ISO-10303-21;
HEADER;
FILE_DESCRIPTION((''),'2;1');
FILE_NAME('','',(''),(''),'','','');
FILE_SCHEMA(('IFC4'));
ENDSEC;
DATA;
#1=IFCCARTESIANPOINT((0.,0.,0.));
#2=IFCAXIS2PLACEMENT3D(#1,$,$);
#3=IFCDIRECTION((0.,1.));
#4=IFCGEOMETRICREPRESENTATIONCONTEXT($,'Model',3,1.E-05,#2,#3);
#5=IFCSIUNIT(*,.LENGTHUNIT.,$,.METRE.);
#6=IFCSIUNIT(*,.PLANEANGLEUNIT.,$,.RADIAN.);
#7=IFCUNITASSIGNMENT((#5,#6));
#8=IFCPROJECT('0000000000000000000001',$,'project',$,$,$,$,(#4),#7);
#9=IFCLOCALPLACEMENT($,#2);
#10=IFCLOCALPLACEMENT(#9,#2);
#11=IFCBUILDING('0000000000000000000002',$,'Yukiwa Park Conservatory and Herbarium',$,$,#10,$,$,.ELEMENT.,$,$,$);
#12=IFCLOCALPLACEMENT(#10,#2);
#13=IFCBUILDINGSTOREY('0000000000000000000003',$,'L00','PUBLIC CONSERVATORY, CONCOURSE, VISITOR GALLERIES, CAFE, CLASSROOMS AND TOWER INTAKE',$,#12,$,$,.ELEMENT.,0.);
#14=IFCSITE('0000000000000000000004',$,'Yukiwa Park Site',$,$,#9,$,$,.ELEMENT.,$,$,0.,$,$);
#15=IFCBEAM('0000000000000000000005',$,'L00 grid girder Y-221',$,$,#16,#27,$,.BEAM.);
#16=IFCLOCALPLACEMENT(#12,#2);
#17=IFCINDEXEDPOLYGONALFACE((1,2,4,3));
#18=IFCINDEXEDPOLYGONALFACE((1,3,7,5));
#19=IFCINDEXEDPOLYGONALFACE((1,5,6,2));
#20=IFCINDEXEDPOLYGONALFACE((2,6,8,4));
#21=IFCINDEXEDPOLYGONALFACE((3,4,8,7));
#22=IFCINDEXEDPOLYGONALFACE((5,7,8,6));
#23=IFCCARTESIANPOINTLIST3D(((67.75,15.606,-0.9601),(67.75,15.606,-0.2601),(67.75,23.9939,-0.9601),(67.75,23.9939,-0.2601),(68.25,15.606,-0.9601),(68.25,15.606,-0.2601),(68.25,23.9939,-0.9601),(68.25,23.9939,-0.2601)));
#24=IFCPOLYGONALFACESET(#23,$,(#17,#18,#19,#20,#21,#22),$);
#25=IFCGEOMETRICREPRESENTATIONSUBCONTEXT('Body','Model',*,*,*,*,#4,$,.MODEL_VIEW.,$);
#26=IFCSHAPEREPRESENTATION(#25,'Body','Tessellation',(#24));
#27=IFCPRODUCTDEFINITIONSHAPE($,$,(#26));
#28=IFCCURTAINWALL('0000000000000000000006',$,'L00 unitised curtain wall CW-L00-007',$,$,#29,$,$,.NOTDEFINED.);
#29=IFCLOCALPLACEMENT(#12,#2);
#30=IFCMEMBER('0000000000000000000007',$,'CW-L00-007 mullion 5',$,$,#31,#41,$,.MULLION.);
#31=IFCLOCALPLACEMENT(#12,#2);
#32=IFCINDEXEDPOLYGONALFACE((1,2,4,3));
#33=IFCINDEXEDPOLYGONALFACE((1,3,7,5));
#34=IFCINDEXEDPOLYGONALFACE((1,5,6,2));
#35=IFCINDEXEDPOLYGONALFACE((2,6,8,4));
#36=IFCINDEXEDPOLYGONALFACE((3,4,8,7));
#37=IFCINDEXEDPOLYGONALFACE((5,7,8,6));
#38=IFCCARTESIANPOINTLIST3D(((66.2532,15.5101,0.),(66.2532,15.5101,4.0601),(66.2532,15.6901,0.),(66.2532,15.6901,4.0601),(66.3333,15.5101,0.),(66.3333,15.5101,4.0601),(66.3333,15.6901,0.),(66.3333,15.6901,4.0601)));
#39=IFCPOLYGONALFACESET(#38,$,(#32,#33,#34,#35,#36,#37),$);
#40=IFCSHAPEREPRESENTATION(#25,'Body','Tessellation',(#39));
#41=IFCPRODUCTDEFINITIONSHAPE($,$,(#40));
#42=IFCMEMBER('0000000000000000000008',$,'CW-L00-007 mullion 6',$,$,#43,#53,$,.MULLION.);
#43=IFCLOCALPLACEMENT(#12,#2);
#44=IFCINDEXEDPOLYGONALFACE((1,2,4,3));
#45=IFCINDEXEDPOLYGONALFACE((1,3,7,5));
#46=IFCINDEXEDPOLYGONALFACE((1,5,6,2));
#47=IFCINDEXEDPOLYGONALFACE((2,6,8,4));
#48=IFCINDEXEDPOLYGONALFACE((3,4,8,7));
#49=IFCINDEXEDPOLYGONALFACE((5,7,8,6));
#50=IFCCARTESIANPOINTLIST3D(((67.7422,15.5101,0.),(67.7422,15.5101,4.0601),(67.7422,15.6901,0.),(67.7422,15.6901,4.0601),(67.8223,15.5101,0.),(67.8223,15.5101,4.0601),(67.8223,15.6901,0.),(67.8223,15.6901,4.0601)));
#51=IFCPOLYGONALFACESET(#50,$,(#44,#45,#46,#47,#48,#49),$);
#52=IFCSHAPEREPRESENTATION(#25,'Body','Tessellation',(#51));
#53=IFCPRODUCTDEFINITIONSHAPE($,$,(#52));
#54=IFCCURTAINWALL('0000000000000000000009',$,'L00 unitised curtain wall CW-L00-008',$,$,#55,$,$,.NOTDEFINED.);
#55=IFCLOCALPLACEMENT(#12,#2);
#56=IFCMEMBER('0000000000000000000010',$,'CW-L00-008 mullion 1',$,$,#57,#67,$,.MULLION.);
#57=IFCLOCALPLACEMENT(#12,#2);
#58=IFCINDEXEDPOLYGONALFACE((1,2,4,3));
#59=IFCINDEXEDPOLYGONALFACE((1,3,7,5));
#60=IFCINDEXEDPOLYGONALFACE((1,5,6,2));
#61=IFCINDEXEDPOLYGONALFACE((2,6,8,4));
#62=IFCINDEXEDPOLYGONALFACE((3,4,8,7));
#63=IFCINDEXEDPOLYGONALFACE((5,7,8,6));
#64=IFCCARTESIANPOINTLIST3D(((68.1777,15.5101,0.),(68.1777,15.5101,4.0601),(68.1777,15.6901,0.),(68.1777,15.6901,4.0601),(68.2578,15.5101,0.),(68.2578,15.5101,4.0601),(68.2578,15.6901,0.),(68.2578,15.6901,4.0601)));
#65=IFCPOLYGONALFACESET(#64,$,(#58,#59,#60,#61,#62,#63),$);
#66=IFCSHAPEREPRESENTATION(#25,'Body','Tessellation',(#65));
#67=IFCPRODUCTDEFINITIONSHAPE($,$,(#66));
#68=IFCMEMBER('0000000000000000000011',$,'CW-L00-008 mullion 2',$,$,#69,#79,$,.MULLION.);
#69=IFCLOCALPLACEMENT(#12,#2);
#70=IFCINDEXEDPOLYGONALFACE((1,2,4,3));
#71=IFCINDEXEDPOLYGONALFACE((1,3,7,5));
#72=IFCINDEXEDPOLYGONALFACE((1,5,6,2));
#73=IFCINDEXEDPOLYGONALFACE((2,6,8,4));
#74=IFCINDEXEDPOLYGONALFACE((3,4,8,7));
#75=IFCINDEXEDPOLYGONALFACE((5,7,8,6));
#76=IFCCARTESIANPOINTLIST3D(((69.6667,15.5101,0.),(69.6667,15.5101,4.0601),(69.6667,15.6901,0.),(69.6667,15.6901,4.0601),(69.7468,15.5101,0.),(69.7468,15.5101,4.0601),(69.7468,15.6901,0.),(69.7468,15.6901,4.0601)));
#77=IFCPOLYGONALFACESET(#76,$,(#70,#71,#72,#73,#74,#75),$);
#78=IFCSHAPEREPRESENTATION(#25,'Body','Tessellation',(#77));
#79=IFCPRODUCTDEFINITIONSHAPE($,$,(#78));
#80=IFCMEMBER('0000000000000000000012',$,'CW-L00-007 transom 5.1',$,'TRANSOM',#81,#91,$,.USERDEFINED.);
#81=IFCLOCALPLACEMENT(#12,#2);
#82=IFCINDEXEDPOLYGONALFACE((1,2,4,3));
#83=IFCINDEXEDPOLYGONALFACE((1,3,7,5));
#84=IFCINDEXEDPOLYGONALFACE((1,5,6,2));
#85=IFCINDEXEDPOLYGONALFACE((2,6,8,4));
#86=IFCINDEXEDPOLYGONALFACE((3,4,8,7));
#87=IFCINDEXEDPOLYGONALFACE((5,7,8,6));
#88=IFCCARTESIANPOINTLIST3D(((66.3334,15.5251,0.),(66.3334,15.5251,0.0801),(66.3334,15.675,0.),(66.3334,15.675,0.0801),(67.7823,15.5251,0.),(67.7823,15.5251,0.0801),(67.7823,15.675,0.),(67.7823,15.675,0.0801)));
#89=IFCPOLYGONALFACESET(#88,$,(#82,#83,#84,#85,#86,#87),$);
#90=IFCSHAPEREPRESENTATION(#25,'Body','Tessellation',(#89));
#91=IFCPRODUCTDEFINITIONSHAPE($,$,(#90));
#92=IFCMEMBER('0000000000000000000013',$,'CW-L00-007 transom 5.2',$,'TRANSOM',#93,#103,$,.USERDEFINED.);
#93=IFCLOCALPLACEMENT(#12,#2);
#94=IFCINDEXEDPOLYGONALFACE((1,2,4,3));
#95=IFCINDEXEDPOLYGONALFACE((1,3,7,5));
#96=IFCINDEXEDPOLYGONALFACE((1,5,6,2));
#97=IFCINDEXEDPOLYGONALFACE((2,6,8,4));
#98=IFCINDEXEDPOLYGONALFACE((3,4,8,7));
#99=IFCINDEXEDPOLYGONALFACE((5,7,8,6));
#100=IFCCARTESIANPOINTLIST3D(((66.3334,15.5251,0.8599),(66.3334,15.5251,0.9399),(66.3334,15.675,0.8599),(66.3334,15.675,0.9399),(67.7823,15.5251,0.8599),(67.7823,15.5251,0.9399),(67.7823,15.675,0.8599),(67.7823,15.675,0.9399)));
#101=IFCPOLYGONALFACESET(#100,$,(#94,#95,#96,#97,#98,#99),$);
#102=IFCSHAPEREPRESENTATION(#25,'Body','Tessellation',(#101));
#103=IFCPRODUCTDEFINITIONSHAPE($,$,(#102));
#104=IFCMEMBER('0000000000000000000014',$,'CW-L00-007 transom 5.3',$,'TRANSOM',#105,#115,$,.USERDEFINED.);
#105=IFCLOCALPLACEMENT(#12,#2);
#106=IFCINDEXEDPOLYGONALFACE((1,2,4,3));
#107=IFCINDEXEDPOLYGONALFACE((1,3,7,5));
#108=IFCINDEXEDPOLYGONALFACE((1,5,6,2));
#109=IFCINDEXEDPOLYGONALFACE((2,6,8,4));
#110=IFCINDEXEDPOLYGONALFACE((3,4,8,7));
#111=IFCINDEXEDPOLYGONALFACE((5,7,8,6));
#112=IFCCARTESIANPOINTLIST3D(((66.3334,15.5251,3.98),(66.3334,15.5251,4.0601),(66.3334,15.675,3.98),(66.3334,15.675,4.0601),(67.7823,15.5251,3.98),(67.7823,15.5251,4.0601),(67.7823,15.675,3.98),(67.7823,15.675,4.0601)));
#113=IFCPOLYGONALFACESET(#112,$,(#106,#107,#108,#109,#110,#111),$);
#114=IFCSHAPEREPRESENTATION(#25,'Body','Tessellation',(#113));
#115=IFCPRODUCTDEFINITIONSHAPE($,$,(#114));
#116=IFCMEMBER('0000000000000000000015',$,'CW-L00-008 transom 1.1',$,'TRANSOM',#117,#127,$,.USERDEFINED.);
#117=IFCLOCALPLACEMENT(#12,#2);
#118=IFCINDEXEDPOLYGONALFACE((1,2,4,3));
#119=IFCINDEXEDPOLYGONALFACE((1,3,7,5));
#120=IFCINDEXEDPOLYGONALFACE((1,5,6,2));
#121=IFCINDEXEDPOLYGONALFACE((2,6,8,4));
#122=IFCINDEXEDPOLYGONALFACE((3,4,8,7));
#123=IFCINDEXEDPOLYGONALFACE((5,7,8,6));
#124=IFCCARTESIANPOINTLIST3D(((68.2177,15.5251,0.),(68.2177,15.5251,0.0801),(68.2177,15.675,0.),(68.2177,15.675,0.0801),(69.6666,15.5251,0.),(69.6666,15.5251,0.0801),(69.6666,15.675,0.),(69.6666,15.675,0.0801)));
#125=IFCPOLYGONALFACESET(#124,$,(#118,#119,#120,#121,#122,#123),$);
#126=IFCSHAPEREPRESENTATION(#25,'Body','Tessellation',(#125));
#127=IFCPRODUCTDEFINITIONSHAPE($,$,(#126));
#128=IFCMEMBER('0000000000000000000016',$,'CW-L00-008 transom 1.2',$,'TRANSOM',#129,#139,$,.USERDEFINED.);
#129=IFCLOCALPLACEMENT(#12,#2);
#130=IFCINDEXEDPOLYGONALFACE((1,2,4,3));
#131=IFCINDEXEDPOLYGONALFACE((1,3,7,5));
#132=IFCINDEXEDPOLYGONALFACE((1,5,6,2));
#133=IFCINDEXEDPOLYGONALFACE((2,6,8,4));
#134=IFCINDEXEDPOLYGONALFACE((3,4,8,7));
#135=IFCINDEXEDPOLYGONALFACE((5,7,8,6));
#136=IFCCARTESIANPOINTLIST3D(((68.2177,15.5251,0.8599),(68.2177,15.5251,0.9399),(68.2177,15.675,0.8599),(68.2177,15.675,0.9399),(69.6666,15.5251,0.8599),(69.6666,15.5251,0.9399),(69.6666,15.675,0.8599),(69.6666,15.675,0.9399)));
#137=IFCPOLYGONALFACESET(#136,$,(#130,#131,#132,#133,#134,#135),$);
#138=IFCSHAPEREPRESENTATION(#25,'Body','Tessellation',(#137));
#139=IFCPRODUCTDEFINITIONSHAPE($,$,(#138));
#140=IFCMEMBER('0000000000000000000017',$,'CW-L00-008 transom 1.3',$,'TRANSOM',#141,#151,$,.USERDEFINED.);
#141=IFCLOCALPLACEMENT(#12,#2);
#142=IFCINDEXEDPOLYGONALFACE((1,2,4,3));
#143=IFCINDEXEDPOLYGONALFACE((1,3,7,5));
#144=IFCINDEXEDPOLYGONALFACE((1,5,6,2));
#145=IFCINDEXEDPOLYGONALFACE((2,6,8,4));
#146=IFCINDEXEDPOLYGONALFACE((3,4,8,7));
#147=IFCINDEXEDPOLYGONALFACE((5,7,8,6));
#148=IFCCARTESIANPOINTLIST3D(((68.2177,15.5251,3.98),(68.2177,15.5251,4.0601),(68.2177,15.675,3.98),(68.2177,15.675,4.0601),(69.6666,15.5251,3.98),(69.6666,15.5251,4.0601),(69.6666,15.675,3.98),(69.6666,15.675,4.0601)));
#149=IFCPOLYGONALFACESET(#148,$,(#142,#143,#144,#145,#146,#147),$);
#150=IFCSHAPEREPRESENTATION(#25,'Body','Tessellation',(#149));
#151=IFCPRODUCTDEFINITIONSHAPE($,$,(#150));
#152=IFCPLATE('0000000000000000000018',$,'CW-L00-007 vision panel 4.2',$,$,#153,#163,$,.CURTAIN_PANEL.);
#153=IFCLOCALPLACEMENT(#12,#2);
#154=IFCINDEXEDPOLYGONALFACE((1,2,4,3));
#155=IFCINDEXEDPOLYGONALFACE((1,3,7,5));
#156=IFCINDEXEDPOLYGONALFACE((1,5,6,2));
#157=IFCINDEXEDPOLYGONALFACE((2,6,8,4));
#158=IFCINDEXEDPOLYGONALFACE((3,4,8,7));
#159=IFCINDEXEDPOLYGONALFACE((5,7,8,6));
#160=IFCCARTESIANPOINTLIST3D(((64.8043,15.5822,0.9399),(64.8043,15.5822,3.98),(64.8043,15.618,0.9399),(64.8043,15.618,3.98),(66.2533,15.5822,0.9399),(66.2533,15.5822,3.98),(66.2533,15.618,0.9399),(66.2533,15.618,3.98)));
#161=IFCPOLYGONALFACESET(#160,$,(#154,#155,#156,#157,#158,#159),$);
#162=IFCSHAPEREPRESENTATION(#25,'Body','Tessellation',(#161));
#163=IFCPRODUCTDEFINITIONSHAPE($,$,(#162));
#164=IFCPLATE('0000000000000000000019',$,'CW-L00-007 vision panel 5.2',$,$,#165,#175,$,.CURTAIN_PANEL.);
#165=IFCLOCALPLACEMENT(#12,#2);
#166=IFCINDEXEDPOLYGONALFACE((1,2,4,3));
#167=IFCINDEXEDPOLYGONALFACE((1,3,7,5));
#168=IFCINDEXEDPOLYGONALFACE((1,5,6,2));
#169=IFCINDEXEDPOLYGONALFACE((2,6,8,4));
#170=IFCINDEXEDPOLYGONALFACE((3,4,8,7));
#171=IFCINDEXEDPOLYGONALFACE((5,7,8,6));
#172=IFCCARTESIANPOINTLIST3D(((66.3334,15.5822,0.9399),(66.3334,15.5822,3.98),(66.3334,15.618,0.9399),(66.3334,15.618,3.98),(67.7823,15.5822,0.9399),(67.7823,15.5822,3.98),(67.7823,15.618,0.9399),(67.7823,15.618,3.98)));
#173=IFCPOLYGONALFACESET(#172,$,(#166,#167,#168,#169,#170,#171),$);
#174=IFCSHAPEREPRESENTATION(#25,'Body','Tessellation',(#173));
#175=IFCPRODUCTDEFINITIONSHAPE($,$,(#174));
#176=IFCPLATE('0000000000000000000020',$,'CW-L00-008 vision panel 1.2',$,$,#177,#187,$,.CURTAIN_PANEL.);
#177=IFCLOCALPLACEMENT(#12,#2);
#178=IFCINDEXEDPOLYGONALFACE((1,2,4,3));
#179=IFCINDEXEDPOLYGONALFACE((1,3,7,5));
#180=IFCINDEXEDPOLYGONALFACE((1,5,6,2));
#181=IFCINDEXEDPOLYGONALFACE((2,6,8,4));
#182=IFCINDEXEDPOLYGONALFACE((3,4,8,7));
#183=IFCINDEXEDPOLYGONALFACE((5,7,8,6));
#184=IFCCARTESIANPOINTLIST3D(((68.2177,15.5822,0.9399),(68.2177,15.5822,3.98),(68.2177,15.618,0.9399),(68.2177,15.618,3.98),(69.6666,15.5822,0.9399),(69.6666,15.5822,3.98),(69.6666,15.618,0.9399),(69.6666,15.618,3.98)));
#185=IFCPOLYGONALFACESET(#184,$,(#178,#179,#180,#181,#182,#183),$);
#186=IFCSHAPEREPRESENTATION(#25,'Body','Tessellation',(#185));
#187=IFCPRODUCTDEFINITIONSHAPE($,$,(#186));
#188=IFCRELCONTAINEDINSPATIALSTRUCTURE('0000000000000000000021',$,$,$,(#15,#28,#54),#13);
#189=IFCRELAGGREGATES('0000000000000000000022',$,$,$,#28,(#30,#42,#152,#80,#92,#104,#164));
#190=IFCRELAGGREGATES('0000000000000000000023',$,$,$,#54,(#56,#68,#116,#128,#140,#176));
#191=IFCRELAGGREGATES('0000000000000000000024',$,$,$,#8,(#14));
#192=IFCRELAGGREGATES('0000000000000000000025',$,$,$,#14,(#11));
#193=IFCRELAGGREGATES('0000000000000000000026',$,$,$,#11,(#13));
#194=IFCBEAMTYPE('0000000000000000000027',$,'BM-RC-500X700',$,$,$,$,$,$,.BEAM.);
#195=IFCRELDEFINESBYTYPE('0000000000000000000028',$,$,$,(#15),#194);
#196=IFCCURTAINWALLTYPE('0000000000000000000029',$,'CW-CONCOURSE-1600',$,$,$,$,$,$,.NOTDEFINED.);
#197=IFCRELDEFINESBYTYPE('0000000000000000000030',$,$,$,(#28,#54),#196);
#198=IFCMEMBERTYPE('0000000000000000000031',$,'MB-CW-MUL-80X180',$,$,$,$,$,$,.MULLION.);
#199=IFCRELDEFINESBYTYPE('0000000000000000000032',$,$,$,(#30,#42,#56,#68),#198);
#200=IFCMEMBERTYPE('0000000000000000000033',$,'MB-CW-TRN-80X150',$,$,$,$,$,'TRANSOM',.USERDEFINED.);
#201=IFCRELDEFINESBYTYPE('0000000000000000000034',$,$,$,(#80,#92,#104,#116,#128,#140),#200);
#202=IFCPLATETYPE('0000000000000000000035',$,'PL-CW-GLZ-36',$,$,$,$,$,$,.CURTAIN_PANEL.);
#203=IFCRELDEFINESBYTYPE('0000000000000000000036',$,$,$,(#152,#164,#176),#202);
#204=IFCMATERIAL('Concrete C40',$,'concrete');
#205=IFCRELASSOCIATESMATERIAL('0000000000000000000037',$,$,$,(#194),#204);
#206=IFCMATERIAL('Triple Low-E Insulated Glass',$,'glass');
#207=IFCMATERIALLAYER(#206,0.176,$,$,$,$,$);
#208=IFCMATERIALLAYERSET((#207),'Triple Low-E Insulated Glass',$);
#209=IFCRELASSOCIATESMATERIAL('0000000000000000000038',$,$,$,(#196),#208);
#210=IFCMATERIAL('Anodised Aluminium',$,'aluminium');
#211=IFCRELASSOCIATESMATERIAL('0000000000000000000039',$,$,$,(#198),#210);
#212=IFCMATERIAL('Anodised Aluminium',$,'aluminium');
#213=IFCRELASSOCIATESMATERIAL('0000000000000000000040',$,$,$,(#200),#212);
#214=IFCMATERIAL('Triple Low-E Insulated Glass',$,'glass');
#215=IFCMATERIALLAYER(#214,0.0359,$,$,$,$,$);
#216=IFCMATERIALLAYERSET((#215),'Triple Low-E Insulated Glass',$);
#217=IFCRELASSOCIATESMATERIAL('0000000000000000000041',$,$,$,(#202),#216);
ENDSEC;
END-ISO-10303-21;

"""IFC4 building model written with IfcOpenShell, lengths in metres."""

from ifc_helpers import new_model, si_unit, direction, frame, origin, origin_2d, place, context, subcontext, project, spatial, rectangle, extrude, material, layer, layer_set, material_profile, profile_set, type_object, element, aggregate, save


model = new_model("IFC4")

# Units and contexts
model_context = context("Model", 3, precision=1e-05, world=origin(), true_north=direction((0.0, 1.0)))
body_context = subcontext(model_context, "Body", "Model", "MODEL_VIEW")
ifc_project = project(units=[si_unit("LENGTHUNIT", "METRE"), si_unit("PLANEANGLEUNIT", "RADIAN")], contexts=[model_context])

# Site, building, storey
site_placement = place(None, origin())
site = spatial("IfcSite", under=ifc_project, at=site_placement, Name="Yukiwa Park Site", CompositionType="ELEMENT", RefElevation=0.0)
building_placement = place(site_placement, origin())
building = spatial("IfcBuilding", under=site, at=building_placement, Name="Yukiwa Park Conservatory and Herbarium", CompositionType="ELEMENT")
storey_placement = place(building_placement, origin())
storey = spatial("IfcBuildingStorey", under=building, at=storey_placement, Name="L00", Description="PUBLIC CONSERVATORY, CONCOURSE, VISITOR GALLERIES, CAFE, CLASSROOMS AND TOWER INTAKE", CompositionType="ELEMENT", Elevation=0.0)

# Beam
ifc_material_1 = material(Name="Concrete C40", Category="concrete")
ifc_material_profile_1 = material_profile(ifc_material_1, rectangle(XDim=0.5, YDim=0.7, at=origin_2d()), Name="RC 500x700")
ifc_profile_set_1 = profile_set([ifc_material_profile_1], Name="Concrete C40")
beam_type_1 = type_object("IfcBeamType", Name="BM-RC-500X700", PredefinedType="BEAM", material=ifc_profile_set_1)
beam_1_placement = place(storey_placement, frame((68.0, 15.606, -0.6101), z_axis=(0.0, 1.0, 0.0), x_axis=(-1.0, 0.0, 0.0)))
element("IfcBeam", 1, at=beam_1_placement, inside=storey, type_object=beam_type_1, Name="L00 grid girder Y-221", PredefinedType="BEAM", context=body_context, shape_type="SweptSolid", body=[
    extrude(rectangle(XDim=0.5, YDim=0.7, at=origin_2d()), origin(), (0.0, 0.0, 1.0), 8.3879),
])

# Curtain walls, members
ifc_material_2 = material(Name="Triple Low-E Insulated Glass", Category="glass")
ifc_layer_1 = layer(ifc_material_2, 0.176)
ifc_layer_set_1 = layer_set([ifc_layer_1], Name="Triple Low-E Insulated Glass")
curtain_wall_type = type_object("IfcCurtainWallType", Name="CW-CONCOURSE-1600", PredefinedType="NOTDEFINED", material=ifc_layer_set_1)
curtain_wall_1_placement = place(storey_placement, origin())
curtain_wall_1 = element("IfcCurtainWall", 2, at=curtain_wall_1_placement, inside=storey, type_object=curtain_wall_type, Name="L00 unitised curtain wall CW-L00-007", PredefinedType="NOTDEFINED")
ifc_material_3 = material(Name="Anodised Aluminium", Category="aluminium")
member_type_1 = type_object("IfcMemberType", Name="MB-CW-MUL-80X180", PredefinedType="MULLION", material=ifc_material_3)
member_1_placement = place(storey_placement, frame((66.2932, 15.6001, 0.0), z_axis=(0.0, 0.0, 1.0), x_axis=(1.0, 0.0, 0.0)))
member_1 = element("IfcMember", 3, at=member_1_placement, type_object=member_type_1, Name="CW-L00-007 mullion 5", PredefinedType="MULLION", context=body_context, shape_type="SweptSolid", body=[
    extrude(rectangle(XDim=0.0801, YDim=0.1799, at=origin_2d()), origin(), (0.0, 0.0, 1.0), 4.0601),
])
member_2_placement = place(storey_placement, frame((67.7822, 15.6001, 0.0), z_axis=(0.0, 0.0, 1.0), x_axis=(1.0, 0.0, 0.0)))
member_2 = element("IfcMember", 4, at=member_2_placement, type_object=member_type_1, Name="CW-L00-007 mullion 6", PredefinedType="MULLION", context=body_context, shape_type="SweptSolid", body=[
    extrude(rectangle(XDim=0.0801, YDim=0.1799, at=origin_2d()), origin(), (0.0, 0.0, 1.0), 4.0601),
])
curtain_wall_2_placement = place(storey_placement, origin())
curtain_wall_2 = element("IfcCurtainWall", 5, at=curtain_wall_2_placement, inside=storey, type_object=curtain_wall_type, Name="L00 unitised curtain wall CW-L00-008", PredefinedType="NOTDEFINED")
member_3_placement = place(storey_placement, frame((68.2178, 15.6001, 0.0), z_axis=(0.0, 0.0, 1.0), x_axis=(1.0, 0.0, 0.0)))
member_3 = element("IfcMember", 6, at=member_3_placement, type_object=member_type_1, Name="CW-L00-008 mullion 1", PredefinedType="MULLION", context=body_context, shape_type="SweptSolid", body=[
    extrude(rectangle(XDim=0.0801, YDim=0.1799, at=origin_2d()), origin(), (0.0, 0.0, 1.0), 4.0601),
])
member_4_placement = place(storey_placement, frame((69.7068, 15.6001, 0.0), z_axis=(0.0, 0.0, 1.0), x_axis=(1.0, 0.0, 0.0)))
member_4 = element("IfcMember", 7, at=member_4_placement, type_object=member_type_1, Name="CW-L00-008 mullion 2", PredefinedType="MULLION", context=body_context, shape_type="SweptSolid", body=[
    extrude(rectangle(XDim=0.0801, YDim=0.1799, at=origin_2d()), origin(), (0.0, 0.0, 1.0), 4.0601),
])

# Members
ifc_material_4 = material(Name="Anodised Aluminium", Category="aluminium")
member_type_2 = type_object("IfcMemberType", Name="MB-CW-TRN-80X150", ElementType="TRANSOM", PredefinedType="USERDEFINED", material=ifc_material_4)
member_5_placement = place(storey_placement, frame((67.0579, 15.6001, 0.0), z_axis=(0.0, 0.0, 1.0), x_axis=(1.0, 0.0, 0.0)))
member_5 = element("IfcMember", 8, at=member_5_placement, type_object=member_type_2, Name="CW-L00-007 transom 5.1", ObjectType="TRANSOM", PredefinedType="USERDEFINED", context=body_context, shape_type="SweptSolid", body=[
    extrude(rectangle(XDim=1.449, YDim=0.1499, at=origin_2d()), origin(), (0.0, 0.0, 1.0), 0.0801),
])
member_6_placement = place(storey_placement, frame((67.0579, 15.6001, 0.8599), z_axis=(0.0, 0.0, 1.0), x_axis=(1.0, 0.0, 0.0)))
member_6 = element("IfcMember", 9, at=member_6_placement, type_object=member_type_2, Name="CW-L00-007 transom 5.2", ObjectType="TRANSOM", PredefinedType="USERDEFINED", context=body_context, shape_type="SweptSolid", body=[
    extrude(rectangle(XDim=1.449, YDim=0.1499, at=origin_2d()), origin(), (0.0, 0.0, 1.0), 0.0801),
])
member_7_placement = place(storey_placement, frame((67.0579, 15.6001, 3.98), z_axis=(0.0, 0.0, 1.0), x_axis=(1.0, 0.0, 0.0)))
member_7 = element("IfcMember", 10, at=member_7_placement, type_object=member_type_2, Name="CW-L00-007 transom 5.3", ObjectType="TRANSOM", PredefinedType="USERDEFINED", context=body_context, shape_type="SweptSolid", body=[
    extrude(rectangle(XDim=1.449, YDim=0.1499, at=origin_2d()), origin(), (0.0, 0.0, 1.0), 0.0801),
])
member_8_placement = place(storey_placement, frame((68.9421, 15.6001, 0.0), z_axis=(0.0, 0.0, 1.0), x_axis=(1.0, 0.0, 0.0)))
member_8 = element("IfcMember", 11, at=member_8_placement, type_object=member_type_2, Name="CW-L00-008 transom 1.1", ObjectType="TRANSOM", PredefinedType="USERDEFINED", context=body_context, shape_type="SweptSolid", body=[
    extrude(rectangle(XDim=1.449, YDim=0.1499, at=origin_2d()), origin(), (0.0, 0.0, 1.0), 0.0801),
])
member_9_placement = place(storey_placement, frame((68.9421, 15.6001, 0.8599), z_axis=(0.0, 0.0, 1.0), x_axis=(1.0, 0.0, 0.0)))
member_9 = element("IfcMember", 12, at=member_9_placement, type_object=member_type_2, Name="CW-L00-008 transom 1.2", ObjectType="TRANSOM", PredefinedType="USERDEFINED", context=body_context, shape_type="SweptSolid", body=[
    extrude(rectangle(XDim=1.449, YDim=0.1499, at=origin_2d()), origin(), (0.0, 0.0, 1.0), 0.0801),
])
member_10_placement = place(storey_placement, frame((68.9421, 15.6001, 3.98), z_axis=(0.0, 0.0, 1.0), x_axis=(1.0, 0.0, 0.0)))
member_10 = element("IfcMember", 13, at=member_10_placement, type_object=member_type_2, Name="CW-L00-008 transom 1.3", ObjectType="TRANSOM", PredefinedType="USERDEFINED", context=body_context, shape_type="SweptSolid", body=[
    extrude(rectangle(XDim=1.449, YDim=0.1499, at=origin_2d()), origin(), (0.0, 0.0, 1.0), 0.0801),
])

# Plates
ifc_material_5 = material(Name="Triple Low-E Insulated Glass", Category="glass")
ifc_layer_2 = layer(ifc_material_5, 0.0359)
ifc_layer_set_2 = layer_set([ifc_layer_2], Name="Triple Low-E Insulated Glass")
plate_type_1 = type_object("IfcPlateType", Name="PL-CW-GLZ-36", PredefinedType="CURTAIN_PANEL", material=ifc_layer_set_2)
plate_1_placement = place(storey_placement, frame((65.5288, 15.6001, 0.9399), z_axis=(0.0, 0.0, 1.0), x_axis=(1.0, 0.0, 0.0)))
plate_1 = element("IfcPlate", 14, at=plate_1_placement, type_object=plate_type_1, Name="CW-L00-007 vision panel 4.2", PredefinedType="CURTAIN_PANEL", context=body_context, shape_type="SweptSolid", body=[
    extrude(rectangle(XDim=1.449, YDim=0.0359, at=origin_2d()), origin(), (0.0, 0.0, 1.0), 3.04),
])
plate_2_placement = place(storey_placement, frame((67.0579, 15.6001, 0.9399), z_axis=(0.0, 0.0, 1.0), x_axis=(1.0, 0.0, 0.0)))
plate_2 = element("IfcPlate", 15, at=plate_2_placement, type_object=plate_type_1, Name="CW-L00-007 vision panel 5.2", PredefinedType="CURTAIN_PANEL", context=body_context, shape_type="SweptSolid", body=[
    extrude(rectangle(XDim=1.449, YDim=0.0359, at=origin_2d()), origin(), (0.0, 0.0, 1.0), 3.04),
])
plate_3_placement = place(storey_placement, frame((68.9421, 15.6001, 0.9399), z_axis=(0.0, 0.0, 1.0), x_axis=(1.0, 0.0, 0.0)))
plate_3 = element("IfcPlate", 16, at=plate_3_placement, type_object=plate_type_1, Name="CW-L00-008 vision panel 1.2", PredefinedType="CURTAIN_PANEL", context=body_context, shape_type="SweptSolid", body=[
    extrude(rectangle(XDim=1.449, YDim=0.0359, at=origin_2d()), origin(), (0.0, 0.0, 1.0), 3.04),
])
aggregate(curtain_wall_1, [member_1, member_2, plate_1, member_5, member_6, member_7, plate_2])
aggregate(curtain_wall_2, [member_3, member_4, member_8, member_9, member_10, plate_3])

save(model, "model.ifc")
